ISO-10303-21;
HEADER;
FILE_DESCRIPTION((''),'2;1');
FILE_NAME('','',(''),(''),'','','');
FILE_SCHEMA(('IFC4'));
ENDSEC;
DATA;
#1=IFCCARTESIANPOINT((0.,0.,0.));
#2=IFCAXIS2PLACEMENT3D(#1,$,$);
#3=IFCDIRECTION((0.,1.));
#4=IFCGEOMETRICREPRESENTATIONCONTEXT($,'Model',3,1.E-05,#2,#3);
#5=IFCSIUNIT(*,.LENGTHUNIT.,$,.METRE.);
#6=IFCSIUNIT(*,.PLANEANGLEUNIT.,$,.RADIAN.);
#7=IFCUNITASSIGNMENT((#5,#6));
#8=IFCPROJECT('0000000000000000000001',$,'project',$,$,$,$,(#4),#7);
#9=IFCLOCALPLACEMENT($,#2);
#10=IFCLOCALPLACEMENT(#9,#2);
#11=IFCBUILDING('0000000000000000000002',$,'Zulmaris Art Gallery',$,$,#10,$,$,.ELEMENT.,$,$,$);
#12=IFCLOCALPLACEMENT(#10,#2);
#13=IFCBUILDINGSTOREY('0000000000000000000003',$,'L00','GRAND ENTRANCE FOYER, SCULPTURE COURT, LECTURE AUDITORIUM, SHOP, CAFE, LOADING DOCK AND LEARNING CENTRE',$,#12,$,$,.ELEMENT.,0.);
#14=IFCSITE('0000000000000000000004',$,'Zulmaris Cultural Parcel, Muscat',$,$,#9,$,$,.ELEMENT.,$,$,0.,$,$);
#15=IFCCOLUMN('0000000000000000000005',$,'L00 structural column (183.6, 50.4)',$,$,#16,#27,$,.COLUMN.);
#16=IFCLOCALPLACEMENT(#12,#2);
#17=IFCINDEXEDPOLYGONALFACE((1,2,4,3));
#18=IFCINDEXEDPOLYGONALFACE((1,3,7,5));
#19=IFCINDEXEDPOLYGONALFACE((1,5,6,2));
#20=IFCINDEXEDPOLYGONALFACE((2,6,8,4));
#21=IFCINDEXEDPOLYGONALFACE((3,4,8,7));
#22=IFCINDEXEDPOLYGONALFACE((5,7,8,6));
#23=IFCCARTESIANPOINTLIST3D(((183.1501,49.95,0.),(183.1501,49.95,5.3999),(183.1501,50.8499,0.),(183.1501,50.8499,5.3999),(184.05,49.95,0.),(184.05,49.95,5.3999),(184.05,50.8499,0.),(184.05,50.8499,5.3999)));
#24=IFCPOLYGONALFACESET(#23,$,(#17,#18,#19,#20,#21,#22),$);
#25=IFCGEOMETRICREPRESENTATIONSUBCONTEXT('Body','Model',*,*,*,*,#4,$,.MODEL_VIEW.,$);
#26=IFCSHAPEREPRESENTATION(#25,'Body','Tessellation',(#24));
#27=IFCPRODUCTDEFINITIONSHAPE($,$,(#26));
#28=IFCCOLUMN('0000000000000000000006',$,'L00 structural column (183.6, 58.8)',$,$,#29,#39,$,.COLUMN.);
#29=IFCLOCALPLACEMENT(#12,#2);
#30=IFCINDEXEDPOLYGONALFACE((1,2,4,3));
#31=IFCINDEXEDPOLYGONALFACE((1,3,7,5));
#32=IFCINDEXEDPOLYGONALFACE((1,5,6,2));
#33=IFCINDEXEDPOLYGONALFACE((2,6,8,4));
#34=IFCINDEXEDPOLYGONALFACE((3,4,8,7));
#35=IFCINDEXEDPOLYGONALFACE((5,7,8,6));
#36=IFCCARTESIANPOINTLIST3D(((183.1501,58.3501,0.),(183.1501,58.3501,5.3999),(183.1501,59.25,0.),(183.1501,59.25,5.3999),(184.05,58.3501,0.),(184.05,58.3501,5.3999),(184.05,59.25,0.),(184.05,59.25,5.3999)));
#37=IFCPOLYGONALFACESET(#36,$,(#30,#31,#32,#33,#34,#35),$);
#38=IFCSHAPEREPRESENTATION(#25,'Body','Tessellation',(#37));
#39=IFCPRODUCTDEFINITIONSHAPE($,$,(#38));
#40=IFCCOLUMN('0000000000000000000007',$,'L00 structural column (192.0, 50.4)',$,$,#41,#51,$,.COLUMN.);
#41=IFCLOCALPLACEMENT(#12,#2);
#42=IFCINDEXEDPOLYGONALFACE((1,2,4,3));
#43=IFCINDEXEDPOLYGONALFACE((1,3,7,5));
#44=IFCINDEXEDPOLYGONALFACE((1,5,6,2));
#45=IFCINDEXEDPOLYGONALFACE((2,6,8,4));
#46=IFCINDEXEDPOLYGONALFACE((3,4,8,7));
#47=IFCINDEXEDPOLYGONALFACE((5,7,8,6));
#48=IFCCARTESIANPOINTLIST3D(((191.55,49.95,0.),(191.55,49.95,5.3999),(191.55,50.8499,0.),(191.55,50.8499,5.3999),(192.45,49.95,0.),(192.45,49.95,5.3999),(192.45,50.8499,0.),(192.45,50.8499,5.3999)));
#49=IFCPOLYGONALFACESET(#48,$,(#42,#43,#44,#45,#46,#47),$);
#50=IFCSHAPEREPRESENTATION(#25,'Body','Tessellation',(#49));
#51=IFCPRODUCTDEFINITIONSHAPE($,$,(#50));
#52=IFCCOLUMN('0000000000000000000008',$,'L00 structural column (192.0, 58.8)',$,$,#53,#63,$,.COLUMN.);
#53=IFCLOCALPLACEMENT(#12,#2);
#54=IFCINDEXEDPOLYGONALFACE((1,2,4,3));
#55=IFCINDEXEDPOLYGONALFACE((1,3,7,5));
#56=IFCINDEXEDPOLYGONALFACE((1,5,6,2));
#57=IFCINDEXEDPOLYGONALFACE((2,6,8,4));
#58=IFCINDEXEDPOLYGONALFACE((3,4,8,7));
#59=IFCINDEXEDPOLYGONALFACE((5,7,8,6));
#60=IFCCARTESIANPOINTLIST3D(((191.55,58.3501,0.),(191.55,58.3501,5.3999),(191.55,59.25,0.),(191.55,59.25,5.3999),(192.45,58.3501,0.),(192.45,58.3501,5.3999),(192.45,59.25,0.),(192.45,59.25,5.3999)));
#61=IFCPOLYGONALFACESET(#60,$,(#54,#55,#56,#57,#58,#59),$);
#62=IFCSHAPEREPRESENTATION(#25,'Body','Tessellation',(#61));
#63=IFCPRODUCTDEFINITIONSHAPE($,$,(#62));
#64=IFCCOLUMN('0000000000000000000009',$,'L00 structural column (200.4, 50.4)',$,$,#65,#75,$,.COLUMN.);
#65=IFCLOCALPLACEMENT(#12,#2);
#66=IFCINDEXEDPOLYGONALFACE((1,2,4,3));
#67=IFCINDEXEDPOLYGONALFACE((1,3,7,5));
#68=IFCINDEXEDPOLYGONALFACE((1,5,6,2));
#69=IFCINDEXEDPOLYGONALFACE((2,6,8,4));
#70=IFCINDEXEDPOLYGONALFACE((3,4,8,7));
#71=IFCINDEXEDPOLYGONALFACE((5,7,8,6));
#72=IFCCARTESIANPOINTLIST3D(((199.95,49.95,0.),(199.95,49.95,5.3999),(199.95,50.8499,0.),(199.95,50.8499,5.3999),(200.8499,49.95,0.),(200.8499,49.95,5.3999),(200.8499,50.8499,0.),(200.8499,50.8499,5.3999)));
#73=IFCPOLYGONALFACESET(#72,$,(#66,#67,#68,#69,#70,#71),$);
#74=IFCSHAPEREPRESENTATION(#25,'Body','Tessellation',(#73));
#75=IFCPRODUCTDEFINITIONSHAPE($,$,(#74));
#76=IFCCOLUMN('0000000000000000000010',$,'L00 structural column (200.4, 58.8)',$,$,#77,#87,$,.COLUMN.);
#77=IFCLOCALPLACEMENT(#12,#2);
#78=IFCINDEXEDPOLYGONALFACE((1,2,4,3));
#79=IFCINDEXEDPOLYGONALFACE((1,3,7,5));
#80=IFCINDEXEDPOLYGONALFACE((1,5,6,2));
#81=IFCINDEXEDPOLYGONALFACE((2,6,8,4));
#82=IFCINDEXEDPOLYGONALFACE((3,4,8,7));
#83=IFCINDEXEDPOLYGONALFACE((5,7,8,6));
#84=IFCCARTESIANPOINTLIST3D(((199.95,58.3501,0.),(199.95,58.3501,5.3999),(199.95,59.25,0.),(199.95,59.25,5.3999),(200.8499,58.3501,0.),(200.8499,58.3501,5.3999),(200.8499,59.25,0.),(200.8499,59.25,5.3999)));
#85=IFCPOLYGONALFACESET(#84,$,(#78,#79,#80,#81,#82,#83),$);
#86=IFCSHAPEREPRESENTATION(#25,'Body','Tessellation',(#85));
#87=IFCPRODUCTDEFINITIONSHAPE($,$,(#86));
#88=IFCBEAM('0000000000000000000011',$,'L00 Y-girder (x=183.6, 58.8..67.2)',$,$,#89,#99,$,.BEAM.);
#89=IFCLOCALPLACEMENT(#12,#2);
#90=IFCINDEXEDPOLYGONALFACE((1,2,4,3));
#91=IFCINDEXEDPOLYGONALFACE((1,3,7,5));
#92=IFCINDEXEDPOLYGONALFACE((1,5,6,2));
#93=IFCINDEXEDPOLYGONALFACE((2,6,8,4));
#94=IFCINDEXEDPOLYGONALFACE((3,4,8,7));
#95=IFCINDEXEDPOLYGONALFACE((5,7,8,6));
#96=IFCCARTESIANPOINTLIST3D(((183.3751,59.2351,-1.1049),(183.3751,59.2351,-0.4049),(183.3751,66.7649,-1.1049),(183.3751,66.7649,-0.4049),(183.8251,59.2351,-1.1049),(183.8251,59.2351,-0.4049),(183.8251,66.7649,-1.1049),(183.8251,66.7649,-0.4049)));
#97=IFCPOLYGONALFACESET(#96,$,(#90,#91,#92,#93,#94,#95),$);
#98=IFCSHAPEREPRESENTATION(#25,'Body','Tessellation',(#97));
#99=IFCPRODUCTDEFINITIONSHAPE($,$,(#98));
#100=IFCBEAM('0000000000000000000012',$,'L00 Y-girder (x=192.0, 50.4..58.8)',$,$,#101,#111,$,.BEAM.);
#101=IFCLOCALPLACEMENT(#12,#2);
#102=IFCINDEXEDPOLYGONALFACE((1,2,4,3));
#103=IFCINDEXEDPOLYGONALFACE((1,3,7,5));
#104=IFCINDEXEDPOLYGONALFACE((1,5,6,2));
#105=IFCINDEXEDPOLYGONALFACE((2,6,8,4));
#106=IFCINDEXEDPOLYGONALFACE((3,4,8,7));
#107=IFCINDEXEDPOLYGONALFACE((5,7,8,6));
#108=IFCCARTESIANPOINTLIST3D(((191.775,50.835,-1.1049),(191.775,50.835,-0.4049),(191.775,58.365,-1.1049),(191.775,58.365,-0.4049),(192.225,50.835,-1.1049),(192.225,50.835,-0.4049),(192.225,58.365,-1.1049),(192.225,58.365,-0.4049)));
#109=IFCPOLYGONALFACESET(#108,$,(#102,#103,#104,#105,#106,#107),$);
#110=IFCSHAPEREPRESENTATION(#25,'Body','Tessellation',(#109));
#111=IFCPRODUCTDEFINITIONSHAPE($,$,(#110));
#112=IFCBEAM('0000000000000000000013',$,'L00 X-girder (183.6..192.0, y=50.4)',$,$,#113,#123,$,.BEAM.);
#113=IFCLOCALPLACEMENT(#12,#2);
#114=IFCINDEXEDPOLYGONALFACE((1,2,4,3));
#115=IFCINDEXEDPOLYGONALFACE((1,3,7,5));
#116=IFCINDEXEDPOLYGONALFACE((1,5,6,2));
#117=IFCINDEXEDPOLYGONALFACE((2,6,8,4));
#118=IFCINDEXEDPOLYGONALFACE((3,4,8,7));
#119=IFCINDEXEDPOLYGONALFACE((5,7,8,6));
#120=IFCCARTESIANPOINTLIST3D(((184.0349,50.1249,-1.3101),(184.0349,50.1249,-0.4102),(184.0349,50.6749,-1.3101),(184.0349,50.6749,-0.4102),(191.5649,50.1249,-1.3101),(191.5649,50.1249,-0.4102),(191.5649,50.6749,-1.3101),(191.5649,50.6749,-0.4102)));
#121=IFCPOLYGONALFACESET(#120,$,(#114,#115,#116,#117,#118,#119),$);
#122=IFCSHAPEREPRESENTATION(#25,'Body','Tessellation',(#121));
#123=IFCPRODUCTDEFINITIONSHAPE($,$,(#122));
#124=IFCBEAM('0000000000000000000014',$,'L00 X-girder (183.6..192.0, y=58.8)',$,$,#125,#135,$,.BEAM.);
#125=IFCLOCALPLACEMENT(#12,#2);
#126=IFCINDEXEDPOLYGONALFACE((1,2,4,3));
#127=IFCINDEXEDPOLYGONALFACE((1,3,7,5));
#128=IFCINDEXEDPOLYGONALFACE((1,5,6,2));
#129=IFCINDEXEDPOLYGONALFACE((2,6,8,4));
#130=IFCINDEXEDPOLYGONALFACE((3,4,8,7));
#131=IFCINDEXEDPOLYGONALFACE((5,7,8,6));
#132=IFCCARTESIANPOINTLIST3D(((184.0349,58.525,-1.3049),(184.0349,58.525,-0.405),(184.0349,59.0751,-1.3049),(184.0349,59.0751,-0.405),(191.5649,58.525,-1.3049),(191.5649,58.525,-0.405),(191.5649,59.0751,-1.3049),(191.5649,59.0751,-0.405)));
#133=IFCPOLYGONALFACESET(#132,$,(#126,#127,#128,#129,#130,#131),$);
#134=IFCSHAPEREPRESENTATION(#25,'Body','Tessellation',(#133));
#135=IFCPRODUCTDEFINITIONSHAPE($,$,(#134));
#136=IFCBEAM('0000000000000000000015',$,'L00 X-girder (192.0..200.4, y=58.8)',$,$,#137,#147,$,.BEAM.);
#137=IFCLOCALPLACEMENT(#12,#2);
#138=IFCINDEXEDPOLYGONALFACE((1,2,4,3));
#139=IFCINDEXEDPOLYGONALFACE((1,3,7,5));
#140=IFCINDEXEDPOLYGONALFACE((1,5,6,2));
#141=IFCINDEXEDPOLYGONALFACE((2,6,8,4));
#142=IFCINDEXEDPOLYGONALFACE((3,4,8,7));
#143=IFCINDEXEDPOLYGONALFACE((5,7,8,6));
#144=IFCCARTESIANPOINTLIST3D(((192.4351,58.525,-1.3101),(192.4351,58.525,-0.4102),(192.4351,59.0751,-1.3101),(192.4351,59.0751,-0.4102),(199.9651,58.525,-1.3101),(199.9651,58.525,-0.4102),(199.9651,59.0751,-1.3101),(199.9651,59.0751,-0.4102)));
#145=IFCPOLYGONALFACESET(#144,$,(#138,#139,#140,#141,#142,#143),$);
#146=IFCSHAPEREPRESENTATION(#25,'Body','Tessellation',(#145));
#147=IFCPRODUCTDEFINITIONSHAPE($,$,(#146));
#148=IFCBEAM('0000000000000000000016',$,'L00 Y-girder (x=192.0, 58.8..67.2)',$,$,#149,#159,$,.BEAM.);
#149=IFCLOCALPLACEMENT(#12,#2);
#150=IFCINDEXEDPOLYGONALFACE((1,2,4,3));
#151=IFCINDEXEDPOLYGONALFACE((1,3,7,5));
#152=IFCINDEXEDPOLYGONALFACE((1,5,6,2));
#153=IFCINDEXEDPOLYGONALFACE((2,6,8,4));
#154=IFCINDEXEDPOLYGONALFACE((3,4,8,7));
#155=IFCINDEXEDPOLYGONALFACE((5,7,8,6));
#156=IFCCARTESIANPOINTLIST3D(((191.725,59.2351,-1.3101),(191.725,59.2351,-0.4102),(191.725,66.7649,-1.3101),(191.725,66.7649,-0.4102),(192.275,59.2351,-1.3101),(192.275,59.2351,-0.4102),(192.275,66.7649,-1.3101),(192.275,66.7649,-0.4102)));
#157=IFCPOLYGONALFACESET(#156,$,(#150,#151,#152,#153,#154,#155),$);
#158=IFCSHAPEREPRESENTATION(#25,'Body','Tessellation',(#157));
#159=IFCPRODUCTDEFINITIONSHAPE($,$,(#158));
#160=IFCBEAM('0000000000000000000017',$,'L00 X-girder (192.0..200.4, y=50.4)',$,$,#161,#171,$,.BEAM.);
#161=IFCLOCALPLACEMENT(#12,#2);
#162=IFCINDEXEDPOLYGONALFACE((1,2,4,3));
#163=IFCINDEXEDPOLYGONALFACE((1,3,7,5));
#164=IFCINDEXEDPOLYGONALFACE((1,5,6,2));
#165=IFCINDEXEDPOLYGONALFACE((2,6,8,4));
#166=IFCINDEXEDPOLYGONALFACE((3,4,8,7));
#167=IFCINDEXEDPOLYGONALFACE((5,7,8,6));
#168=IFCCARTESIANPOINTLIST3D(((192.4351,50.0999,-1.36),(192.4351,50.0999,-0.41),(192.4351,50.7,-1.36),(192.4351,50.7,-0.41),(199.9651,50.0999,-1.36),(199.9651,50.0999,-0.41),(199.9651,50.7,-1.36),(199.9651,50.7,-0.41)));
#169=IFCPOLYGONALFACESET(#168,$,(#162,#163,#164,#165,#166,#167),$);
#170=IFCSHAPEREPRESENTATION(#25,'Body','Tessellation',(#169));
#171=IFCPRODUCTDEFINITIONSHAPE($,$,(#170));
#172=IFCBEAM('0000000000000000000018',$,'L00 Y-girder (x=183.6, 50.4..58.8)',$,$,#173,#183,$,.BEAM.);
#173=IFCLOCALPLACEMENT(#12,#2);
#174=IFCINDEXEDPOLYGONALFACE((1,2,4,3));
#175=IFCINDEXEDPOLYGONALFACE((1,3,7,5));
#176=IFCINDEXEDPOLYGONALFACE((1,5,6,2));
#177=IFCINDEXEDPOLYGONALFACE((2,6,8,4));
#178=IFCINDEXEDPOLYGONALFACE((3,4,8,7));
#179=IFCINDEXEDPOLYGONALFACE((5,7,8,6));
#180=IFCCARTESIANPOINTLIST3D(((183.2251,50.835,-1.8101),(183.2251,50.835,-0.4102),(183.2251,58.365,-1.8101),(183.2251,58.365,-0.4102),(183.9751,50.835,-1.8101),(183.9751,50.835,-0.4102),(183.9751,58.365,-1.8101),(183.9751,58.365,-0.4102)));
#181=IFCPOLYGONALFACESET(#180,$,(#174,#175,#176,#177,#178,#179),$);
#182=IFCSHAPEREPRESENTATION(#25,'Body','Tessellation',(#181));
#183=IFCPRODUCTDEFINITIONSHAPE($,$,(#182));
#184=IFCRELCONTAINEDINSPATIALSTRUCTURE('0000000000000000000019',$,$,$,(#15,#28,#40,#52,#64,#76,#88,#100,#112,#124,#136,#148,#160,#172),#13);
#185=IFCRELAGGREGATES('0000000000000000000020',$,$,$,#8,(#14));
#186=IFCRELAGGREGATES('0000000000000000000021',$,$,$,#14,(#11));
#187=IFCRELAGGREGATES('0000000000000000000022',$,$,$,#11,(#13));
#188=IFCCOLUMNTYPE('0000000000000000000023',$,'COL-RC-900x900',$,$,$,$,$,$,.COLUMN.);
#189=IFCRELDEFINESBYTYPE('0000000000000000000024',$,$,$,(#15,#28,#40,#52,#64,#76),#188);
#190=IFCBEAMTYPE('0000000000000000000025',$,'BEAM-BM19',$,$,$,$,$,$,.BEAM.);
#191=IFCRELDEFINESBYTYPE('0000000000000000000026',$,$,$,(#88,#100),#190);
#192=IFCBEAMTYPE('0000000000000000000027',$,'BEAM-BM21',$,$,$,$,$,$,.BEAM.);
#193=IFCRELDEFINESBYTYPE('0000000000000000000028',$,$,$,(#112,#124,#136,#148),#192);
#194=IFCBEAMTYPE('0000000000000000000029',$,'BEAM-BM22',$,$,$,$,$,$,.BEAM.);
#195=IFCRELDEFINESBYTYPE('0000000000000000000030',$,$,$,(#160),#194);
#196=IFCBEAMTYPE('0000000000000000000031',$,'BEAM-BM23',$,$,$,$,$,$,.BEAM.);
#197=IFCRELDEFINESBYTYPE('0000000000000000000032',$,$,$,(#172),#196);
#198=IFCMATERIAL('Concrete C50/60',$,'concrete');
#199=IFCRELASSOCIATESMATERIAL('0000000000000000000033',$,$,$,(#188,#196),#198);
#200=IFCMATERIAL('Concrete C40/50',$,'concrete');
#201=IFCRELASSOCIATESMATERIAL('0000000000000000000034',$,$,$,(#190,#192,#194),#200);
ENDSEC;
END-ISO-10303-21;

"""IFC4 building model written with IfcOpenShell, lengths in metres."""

from ifc_helpers import new_model, si_unit, direction, frame, origin, origin_2d, place, context, subcontext, project, spatial, rectangle, extrude, material, material_profile, profile_set, type_object, element, save


model = new_model("IFC4")

# Units and contexts
model_context = context("Model", 3, precision=1e-05, world=origin(), true_north=direction((0.0, 1.0)))
body_context = subcontext(model_context, "Body", "Model", "MODEL_VIEW")
ifc_project = project(units=[si_unit("LENGTHUNIT", "METRE"), si_unit("PLANEANGLEUNIT", "RADIAN")], contexts=[model_context])

# Site, building, storey
site_placement = place(None, origin())
site = spatial("IfcSite", under=ifc_project, at=site_placement, Name="Zulmaris Cultural Parcel, Muscat", CompositionType="ELEMENT", RefElevation=0.0)
building_placement = place(site_placement, origin())
building = spatial("IfcBuilding", under=site, at=building_placement, Name="Zulmaris Art Gallery", CompositionType="ELEMENT")
storey_placement = place(building_placement, origin())
storey = spatial("IfcBuildingStorey", under=building, at=storey_placement, Name="L00", Description="GRAND ENTRANCE FOYER, SCULPTURE COURT, LECTURE AUDITORIUM, SHOP, CAFE, LOADING DOCK AND LEARNING CENTRE", CompositionType="ELEMENT", Elevation=0.0)

# Columns
ifc_material_1 = material(Name="Concrete C50/60", Category="concrete")
ifc_material_profile_1 = material_profile(ifc_material_1, rectangle(XDim=0.8999, YDim=0.8999, at=origin_2d()), Name="RC 900x900")
ifc_profile_set_1 = profile_set([ifc_material_profile_1], Name="Concrete C50/60")
column_type = type_object("IfcColumnType", Name="COL-RC-900x900", PredefinedType="COLUMN", material=ifc_profile_set_1)
for number, where, z_axis, x_axis, name in (
    (1, (183.6001, 50.3999, 0.0), (0.0, 0.0, 1.0), (1.0, 0.0, 0.0), "L00 structural column (183.6, 50.4)"),
    (2, (183.6001, 58.8, 0.0), (0.0, 0.0, 1.0), (1.0, 0.0, 0.0), "L00 structural column (183.6, 58.8)"),
    (3, (192.0, 50.3999, 0.0), (0.0, 0.0, 1.0), (1.0, 0.0, 0.0), "L00 structural column (192.0, 50.4)"),
    (4, (192.0, 58.8, 0.0), (0.0, 0.0, 1.0), (1.0, 0.0, 0.0), "L00 structural column (192.0, 58.8)"),
    (5, (200.3999, 50.3999, 0.0), (0.0, 0.0, 1.0), (1.0, 0.0, 0.0), "L00 structural column (200.4, 50.4)"),
    (6, (200.3999, 58.8, 0.0), (0.0, 0.0, 1.0), (1.0, 0.0, 0.0), "L00 structural column (200.4, 58.8)"),
):
    element("IfcColumn", number, at=place(storey_placement, frame(where, z_axis=z_axis, x_axis=x_axis)), inside=storey, type_object=column_type, Name=name, PredefinedType="COLUMN", context=body_context, shape_type="SweptSolid", body=[
        extrude(rectangle(XDim=0.8999, YDim=0.8999, at=origin_2d()), origin(), (0.0, 0.0, 1.0), 5.3999),
    ])

# Beams
ifc_material_2 = material(Name="Concrete C40/50", Category="concrete")
ifc_material_profile_2 = material_profile(ifc_material_2, rectangle(XDim=0.45, YDim=0.7, at=origin_2d()), Name="RC 450x700")
ifc_profile_set_2 = profile_set([ifc_material_profile_2], Name="Concrete C40/50")
beam_type_1 = type_object("IfcBeamType", Name="BEAM-BM19", PredefinedType="BEAM", material=ifc_profile_set_2)
beam_1_placement = place(storey_placement, frame((183.6001, 59.2351, -0.7549), z_axis=(0.0, 1.0, 0.0), x_axis=(-1.0, 0.0, 0.0)))
element("IfcBeam", 7, at=beam_1_placement, inside=storey, type_object=beam_type_1, Name="L00 Y-girder (x=183.6, 58.8..67.2)", PredefinedType="BEAM", context=body_context, shape_type="SweptSolid", body=[
    extrude(rectangle(XDim=0.45, YDim=0.7, at=origin_2d()), origin(), (0.0, 0.0, 1.0), 7.5298),
])
beam_2_placement = place(storey_placement, frame((192.0, 50.835, -0.7549), z_axis=(0.0, 1.0, 0.0), x_axis=(-1.0, 0.0, 0.0)))
element("IfcBeam", 8, at=beam_2_placement, inside=storey, type_object=beam_type_1, Name="L00 Y-girder (x=192.0, 50.4..58.8)", PredefinedType="BEAM", context=body_context, shape_type="SweptSolid", body=[
    extrude(rectangle(XDim=0.45, YDim=0.7, at=origin_2d()), origin(), (0.0, 0.0, 1.0), 7.53),
])
ifc_material_profile_3 = material_profile(ifc_material_2, rectangle(XDim=0.55, YDim=0.8999, at=origin_2d()), Name="RC 550x900")
ifc_profile_set_3 = profile_set([ifc_material_profile_3], Name="Concrete C40/50")
beam_type_2 = type_object("IfcBeamType", Name="BEAM-BM21", PredefinedType="BEAM", material=ifc_profile_set_3)
for number, where, z_axis, x_axis, name in (
    (9, (184.0349, 50.3999, -0.8601), (1.0, 0.0, 0.0), (0.0, 1.0, 0.0), "L00 X-girder (183.6..192.0, y=50.4)"),
    (10, (184.0349, 58.8, -0.855), (1.0, 0.0, 0.0), (0.0, 1.0, 0.0), "L00 X-girder (183.6..192.0, y=58.8)"),
    (11, (192.4351, 58.8, -0.8601), (1.0, 0.0, 0.0), (0.0, 1.0, 0.0), "L00 X-girder (192.0..200.4, y=58.8)"),
):
    element("IfcBeam", number, at=place(storey_placement, frame(where, z_axis=z_axis, x_axis=x_axis)), inside=storey, type_object=beam_type_2, Name=name, PredefinedType="BEAM", context=body_context, shape_type="SweptSolid", body=[
        extrude(rectangle(XDim=0.55, YDim=0.8999, at=origin_2d()), origin(), (0.0, 0.0, 1.0), 7.53),
    ])
beam_3_placement = place(storey_placement, frame((192.0, 59.2351, -0.8601), z_axis=(0.0, 1.0, 0.0), x_axis=(-1.0, 0.0, 0.0)))
element("IfcBeam", 12, at=beam_3_placement, inside=storey, type_object=beam_type_2, Name="L00 Y-girder (x=192.0, 58.8..67.2)", PredefinedType="BEAM", context=body_context, shape_type="SweptSolid", body=[
    extrude(rectangle(XDim=0.55, YDim=0.8999, at=origin_2d()), origin(), (0.0, 0.0, 1.0), 7.5298),
])
ifc_material_profile_4 = material_profile(ifc_material_2, rectangle(XDim=0.6001, YDim=0.95, at=origin_2d()), Name="RC 600x950")
ifc_profile_set_4 = profile_set([ifc_material_profile_4], Name="Concrete C40/50")
beam_type_3 = type_object("IfcBeamType", Name="BEAM-BM22", PredefinedType="BEAM", material=ifc_profile_set_4)
beam_4_placement = place(storey_placement, frame((192.4351, 50.3999, -0.885), z_axis=(1.0, 0.0, 0.0), x_axis=(0.0, 1.0, 0.0)))
element("IfcBeam", 13, at=beam_4_placement, inside=storey, type_object=beam_type_3, Name="L00 X-girder (192.0..200.4, y=50.4)", PredefinedType="BEAM", context=body_context, shape_type="SweptSolid", body=[
    extrude(rectangle(XDim=0.6001, YDim=0.95, at=origin_2d()), origin(), (0.0, 0.0, 1.0), 7.53),
])
ifc_material_profile_5 = material_profile(ifc_material_1, rectangle(XDim=0.75, YDim=1.3999, at=origin_2d()), Name="RC 750x1400")
ifc_profile_set_5 = profile_set([ifc_material_profile_5], Name="Concrete C50/60")
beam_type_4 = type_object("IfcBeamType", Name="BEAM-BM23", PredefinedType="BEAM", material=ifc_profile_set_5)
beam_5_placement = place(storey_placement, frame((183.6001, 50.835, -1.1101), z_axis=(0.0, 1.0, 0.0), x_axis=(-1.0, 0.0, 0.0)))
element("IfcBeam", 14, at=beam_5_placement, inside=storey, type_object=beam_type_4, Name="L00 Y-girder (x=183.6, 50.4..58.8)", PredefinedType="BEAM", context=body_context, shape_type="SweptSolid", body=[
    extrude(rectangle(XDim=0.75, YDim=1.3999, at=origin_2d()), origin(), (0.0, 0.0, 1.0), 7.53),
])

save(model, "model.ifc")
